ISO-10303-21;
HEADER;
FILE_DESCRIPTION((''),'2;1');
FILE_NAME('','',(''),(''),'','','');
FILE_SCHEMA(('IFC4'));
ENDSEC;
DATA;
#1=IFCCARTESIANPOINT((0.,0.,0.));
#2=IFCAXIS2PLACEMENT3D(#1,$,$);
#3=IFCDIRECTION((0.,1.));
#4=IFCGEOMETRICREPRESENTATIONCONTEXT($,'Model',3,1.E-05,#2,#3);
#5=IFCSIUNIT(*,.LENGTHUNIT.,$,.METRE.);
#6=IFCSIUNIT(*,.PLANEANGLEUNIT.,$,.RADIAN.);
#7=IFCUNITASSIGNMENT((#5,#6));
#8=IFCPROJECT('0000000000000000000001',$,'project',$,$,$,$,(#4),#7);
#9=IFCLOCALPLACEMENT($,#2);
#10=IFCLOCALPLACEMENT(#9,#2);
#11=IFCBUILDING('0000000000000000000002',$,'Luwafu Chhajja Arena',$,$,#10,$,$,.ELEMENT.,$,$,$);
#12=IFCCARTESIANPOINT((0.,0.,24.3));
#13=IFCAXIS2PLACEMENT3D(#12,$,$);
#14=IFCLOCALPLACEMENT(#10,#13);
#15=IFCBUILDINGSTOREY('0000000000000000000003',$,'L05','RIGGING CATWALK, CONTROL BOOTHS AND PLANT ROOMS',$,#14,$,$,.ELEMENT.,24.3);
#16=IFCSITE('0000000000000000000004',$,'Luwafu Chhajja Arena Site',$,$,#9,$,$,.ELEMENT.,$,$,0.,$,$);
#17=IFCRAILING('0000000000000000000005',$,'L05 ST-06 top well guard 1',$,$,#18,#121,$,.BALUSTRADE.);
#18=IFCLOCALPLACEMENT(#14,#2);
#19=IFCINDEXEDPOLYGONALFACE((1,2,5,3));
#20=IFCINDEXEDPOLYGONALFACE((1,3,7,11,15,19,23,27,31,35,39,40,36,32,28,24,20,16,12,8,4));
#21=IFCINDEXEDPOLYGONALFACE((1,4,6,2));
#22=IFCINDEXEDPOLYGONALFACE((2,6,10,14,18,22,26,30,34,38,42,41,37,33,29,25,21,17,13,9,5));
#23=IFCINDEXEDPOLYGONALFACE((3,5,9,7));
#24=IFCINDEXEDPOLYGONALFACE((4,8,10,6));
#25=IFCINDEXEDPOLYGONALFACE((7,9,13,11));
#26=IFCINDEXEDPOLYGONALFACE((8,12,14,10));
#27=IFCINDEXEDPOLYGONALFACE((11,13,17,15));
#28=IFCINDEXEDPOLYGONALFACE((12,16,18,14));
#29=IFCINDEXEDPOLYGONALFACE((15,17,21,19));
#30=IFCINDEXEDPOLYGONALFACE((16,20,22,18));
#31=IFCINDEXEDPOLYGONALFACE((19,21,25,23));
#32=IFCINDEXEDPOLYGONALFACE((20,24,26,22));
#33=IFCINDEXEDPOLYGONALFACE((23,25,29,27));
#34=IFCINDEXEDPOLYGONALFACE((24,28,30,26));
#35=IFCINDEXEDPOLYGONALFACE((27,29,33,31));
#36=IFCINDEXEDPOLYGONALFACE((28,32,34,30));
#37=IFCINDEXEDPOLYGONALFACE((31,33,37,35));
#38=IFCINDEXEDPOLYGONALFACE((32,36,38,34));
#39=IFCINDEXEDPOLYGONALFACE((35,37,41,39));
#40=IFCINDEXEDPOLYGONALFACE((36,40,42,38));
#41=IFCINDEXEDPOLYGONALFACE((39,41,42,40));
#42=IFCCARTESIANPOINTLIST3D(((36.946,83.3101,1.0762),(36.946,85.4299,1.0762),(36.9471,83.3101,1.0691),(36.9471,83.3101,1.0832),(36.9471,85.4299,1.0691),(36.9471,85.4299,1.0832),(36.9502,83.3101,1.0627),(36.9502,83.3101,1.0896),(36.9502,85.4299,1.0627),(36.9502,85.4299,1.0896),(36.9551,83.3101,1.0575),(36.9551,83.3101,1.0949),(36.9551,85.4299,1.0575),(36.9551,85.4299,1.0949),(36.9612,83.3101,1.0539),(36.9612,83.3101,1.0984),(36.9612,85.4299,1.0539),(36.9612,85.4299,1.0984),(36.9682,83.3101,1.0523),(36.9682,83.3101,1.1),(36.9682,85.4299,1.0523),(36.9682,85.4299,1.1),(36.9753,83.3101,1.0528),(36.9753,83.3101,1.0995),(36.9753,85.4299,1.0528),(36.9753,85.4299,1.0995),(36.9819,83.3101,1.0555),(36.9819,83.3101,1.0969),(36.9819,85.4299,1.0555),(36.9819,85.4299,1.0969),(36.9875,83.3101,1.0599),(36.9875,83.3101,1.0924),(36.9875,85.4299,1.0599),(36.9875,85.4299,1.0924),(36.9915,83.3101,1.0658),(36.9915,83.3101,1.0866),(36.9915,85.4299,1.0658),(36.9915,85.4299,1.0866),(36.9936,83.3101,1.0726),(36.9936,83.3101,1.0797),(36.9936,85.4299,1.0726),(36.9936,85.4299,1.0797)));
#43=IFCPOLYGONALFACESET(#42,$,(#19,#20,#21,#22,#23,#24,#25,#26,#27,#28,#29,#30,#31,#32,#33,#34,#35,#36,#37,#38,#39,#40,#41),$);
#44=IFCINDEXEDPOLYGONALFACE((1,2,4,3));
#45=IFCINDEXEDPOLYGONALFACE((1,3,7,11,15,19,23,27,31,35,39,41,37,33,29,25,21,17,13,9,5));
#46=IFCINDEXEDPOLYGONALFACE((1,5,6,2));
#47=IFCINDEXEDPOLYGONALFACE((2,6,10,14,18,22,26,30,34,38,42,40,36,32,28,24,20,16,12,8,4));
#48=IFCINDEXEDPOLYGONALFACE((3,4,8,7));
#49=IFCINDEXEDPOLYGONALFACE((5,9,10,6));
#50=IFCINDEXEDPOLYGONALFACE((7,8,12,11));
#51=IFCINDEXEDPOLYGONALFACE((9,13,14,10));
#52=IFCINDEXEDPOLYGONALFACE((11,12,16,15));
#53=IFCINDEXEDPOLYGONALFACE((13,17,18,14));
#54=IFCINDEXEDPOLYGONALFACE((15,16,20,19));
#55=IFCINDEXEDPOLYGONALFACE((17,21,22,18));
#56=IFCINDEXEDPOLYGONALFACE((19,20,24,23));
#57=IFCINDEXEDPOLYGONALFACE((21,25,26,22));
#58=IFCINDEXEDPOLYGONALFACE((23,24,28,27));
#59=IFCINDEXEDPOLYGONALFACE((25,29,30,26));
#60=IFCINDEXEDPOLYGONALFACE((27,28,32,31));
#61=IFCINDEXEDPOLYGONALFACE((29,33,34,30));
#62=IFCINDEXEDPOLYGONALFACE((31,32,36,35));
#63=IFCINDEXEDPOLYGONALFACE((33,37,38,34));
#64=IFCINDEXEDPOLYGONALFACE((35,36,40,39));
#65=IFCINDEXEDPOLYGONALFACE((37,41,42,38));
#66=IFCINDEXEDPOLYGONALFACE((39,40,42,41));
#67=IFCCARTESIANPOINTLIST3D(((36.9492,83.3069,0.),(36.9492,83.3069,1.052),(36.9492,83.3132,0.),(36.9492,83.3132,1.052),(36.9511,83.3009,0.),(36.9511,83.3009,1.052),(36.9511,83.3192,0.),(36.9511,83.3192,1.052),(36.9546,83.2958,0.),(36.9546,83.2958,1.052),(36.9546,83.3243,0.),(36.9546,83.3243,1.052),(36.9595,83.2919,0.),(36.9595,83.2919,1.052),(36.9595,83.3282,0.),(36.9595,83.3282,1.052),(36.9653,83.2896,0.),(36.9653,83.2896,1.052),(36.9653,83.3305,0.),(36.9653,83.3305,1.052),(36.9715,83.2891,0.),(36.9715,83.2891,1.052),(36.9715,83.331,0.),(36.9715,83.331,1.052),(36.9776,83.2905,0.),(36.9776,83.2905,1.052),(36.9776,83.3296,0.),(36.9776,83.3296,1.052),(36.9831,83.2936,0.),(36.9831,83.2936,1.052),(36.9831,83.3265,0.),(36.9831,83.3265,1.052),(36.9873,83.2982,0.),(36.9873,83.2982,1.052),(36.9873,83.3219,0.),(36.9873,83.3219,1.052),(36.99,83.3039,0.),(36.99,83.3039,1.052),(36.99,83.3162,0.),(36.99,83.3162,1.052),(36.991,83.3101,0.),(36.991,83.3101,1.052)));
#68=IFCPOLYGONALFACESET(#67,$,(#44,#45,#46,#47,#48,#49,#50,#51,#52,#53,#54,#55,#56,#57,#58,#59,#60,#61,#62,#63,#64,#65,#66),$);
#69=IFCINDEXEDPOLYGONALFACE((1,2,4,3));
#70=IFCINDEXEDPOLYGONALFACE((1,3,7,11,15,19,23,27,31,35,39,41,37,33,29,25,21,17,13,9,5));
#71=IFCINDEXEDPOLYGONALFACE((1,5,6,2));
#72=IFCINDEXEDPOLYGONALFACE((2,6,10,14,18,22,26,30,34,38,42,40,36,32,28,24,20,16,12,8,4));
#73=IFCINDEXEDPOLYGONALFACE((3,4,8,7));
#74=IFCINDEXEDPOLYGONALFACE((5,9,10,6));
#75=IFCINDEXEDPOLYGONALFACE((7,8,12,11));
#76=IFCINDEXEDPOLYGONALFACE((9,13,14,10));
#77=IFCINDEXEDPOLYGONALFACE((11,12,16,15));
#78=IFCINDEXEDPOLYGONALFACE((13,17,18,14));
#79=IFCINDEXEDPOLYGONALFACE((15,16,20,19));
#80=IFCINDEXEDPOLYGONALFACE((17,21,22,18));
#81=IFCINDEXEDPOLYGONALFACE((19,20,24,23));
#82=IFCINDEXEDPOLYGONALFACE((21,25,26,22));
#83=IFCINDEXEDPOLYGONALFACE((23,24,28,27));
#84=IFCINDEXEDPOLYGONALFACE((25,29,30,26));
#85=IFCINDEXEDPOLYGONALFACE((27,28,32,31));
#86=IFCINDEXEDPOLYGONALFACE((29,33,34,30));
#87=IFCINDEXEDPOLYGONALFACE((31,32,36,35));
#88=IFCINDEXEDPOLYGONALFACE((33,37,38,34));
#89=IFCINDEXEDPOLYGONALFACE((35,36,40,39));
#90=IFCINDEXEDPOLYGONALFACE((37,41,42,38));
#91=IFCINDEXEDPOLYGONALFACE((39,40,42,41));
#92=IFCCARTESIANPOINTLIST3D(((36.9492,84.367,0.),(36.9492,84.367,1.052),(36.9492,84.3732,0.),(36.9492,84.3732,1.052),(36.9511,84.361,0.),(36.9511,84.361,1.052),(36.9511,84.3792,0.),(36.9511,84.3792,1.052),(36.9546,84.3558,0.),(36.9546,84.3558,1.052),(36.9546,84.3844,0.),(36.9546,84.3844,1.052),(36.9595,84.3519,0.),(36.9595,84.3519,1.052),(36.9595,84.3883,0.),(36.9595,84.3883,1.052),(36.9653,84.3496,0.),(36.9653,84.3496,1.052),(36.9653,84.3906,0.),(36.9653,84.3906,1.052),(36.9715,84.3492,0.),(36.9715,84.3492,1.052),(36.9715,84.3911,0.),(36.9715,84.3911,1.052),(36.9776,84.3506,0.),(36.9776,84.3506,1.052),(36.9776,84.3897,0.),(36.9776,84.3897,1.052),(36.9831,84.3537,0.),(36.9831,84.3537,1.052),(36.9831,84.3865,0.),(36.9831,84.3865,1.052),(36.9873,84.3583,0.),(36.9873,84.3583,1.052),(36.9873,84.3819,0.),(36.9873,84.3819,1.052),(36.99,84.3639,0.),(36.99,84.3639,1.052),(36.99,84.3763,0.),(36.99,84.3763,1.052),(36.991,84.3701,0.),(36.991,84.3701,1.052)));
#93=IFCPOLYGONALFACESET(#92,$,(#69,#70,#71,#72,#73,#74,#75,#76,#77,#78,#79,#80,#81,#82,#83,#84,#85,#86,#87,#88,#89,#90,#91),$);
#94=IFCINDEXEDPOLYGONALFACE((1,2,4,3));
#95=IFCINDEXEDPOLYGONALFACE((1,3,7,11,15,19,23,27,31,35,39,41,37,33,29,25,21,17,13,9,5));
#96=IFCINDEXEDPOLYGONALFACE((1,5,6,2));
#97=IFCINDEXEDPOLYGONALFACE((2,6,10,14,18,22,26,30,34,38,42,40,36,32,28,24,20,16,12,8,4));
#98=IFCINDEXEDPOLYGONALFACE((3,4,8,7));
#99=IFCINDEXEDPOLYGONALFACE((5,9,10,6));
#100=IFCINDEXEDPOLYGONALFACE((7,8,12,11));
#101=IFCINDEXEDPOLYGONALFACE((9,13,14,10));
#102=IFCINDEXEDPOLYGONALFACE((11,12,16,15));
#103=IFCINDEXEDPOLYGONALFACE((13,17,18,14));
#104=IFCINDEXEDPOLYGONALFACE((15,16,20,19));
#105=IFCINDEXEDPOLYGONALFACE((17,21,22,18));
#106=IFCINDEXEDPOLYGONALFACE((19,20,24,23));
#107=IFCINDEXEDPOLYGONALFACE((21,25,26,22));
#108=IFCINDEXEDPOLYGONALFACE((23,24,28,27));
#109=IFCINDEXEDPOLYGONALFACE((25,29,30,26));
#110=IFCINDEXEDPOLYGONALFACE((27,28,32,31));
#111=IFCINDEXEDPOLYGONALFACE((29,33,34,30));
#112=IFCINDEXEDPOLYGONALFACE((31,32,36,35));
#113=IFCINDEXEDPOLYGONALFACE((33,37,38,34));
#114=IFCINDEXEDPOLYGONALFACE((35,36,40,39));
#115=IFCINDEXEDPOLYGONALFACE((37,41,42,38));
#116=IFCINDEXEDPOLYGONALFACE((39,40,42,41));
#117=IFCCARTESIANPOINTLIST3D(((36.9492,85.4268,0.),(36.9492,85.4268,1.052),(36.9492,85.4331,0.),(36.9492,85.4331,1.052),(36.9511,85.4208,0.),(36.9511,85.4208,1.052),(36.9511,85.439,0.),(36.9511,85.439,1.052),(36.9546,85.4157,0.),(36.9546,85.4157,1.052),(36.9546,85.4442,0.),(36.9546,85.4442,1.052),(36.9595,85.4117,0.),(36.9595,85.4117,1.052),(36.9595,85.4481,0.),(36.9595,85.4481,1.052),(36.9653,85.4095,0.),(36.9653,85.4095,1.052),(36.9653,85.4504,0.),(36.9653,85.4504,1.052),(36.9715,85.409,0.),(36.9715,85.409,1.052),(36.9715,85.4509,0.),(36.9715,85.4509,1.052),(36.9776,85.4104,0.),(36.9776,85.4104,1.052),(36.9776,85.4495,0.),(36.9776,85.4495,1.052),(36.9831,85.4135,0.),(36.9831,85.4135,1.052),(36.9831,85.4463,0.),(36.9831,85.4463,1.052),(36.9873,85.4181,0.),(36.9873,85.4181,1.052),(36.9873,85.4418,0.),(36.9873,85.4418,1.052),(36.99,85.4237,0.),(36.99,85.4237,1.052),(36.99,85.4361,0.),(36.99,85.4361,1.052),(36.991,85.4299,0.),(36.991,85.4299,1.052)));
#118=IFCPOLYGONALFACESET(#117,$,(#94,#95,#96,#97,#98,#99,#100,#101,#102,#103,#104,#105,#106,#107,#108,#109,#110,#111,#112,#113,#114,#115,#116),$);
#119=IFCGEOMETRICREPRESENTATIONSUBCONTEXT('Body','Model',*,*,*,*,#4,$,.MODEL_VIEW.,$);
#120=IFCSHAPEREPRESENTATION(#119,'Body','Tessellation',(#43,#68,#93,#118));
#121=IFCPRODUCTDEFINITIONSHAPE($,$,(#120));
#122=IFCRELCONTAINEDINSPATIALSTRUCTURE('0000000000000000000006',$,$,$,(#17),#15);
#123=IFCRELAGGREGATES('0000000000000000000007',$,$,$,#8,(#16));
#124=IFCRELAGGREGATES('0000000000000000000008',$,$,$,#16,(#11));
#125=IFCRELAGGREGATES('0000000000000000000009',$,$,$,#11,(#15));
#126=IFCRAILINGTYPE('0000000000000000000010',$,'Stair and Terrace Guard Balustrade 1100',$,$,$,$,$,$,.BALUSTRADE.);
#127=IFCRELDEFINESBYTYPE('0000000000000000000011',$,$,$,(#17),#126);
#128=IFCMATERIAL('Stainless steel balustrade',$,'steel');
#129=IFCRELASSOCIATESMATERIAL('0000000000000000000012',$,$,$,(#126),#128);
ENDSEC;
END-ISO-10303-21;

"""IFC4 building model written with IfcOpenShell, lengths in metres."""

from ifc_helpers import new_model, si_unit, direction, frame, origin, origin_2d, place, context, subcontext, project, spatial, circle, extrude, material, type_object, element, save


model = new_model("IFC4")

# Units and contexts
model_context = context("Model", 3, precision=1e-05, world=origin(), true_north=direction((0.0, 1.0)))
body_context = subcontext(model_context, "Body", "Model", "MODEL_VIEW")
ifc_project = project(units=[si_unit("LENGTHUNIT", "METRE"), si_unit("PLANEANGLEUNIT", "RADIAN")], contexts=[model_context])

# Site, building, storey
site_placement = place(None, origin())
site = spatial("IfcSite", under=ifc_project, at=site_placement, Name="Luwafu Chhajja Arena Site", CompositionType="ELEMENT", RefElevation=0.0)
building_placement = place(site_placement, origin())
building = spatial("IfcBuilding", under=site, at=building_placement, Name="Luwafu Chhajja Arena", CompositionType="ELEMENT")
storey_placement = place(building_placement, frame((0.0, 0.0, 24.3)))
storey = spatial("IfcBuildingStorey", under=building, at=storey_placement, Name="L05", Description="RIGGING CATWALK, CONTROL BOOTHS AND PLANT ROOMS", CompositionType="ELEMENT", Elevation=24.3)

# Railing
ifc_material_1 = material(Name="Stainless steel balustrade", Category="steel")
railing_type = type_object("IfcRailingType", Name="Stair and Terrace Guard Balustrade 1100", PredefinedType="BALUSTRADE", material=ifc_material_1)
railing_1_placement = place(storey_placement, frame((36.97, 83.3101, 0.0)))
element("IfcRailing", 1, at=railing_1_placement, inside=storey, type_object=railing_type, Name="L05 ST-06 top well guard 1", PredefinedType="BALUSTRADE", context=body_context, shape_type="SweptSolid", body=[
    extrude(circle(Radius=0.0239, at=origin_2d()), frame((0.0, 0.0, 1.0762), z_axis=(0.0, 1.0, 0.0), x_axis=(-1.0, 0.0, 0.0)), (0.0, 0.0, 1.0), 2.1199),
    extrude(circle(Radius=0.021, at=origin_2d()), origin(), (0.0, 0.0, 1.0), 1.052),
    extrude(circle(Radius=0.021, at=origin_2d()), frame((0.0, 1.0601, 0.0)), (0.0, 0.0, 1.0), 1.052),
    extrude(circle(Radius=0.021, at=origin_2d()), frame((0.0, 2.1199, 0.0)), (0.0, 0.0, 1.0), 1.052),
])

save(model, "model.ifc")
